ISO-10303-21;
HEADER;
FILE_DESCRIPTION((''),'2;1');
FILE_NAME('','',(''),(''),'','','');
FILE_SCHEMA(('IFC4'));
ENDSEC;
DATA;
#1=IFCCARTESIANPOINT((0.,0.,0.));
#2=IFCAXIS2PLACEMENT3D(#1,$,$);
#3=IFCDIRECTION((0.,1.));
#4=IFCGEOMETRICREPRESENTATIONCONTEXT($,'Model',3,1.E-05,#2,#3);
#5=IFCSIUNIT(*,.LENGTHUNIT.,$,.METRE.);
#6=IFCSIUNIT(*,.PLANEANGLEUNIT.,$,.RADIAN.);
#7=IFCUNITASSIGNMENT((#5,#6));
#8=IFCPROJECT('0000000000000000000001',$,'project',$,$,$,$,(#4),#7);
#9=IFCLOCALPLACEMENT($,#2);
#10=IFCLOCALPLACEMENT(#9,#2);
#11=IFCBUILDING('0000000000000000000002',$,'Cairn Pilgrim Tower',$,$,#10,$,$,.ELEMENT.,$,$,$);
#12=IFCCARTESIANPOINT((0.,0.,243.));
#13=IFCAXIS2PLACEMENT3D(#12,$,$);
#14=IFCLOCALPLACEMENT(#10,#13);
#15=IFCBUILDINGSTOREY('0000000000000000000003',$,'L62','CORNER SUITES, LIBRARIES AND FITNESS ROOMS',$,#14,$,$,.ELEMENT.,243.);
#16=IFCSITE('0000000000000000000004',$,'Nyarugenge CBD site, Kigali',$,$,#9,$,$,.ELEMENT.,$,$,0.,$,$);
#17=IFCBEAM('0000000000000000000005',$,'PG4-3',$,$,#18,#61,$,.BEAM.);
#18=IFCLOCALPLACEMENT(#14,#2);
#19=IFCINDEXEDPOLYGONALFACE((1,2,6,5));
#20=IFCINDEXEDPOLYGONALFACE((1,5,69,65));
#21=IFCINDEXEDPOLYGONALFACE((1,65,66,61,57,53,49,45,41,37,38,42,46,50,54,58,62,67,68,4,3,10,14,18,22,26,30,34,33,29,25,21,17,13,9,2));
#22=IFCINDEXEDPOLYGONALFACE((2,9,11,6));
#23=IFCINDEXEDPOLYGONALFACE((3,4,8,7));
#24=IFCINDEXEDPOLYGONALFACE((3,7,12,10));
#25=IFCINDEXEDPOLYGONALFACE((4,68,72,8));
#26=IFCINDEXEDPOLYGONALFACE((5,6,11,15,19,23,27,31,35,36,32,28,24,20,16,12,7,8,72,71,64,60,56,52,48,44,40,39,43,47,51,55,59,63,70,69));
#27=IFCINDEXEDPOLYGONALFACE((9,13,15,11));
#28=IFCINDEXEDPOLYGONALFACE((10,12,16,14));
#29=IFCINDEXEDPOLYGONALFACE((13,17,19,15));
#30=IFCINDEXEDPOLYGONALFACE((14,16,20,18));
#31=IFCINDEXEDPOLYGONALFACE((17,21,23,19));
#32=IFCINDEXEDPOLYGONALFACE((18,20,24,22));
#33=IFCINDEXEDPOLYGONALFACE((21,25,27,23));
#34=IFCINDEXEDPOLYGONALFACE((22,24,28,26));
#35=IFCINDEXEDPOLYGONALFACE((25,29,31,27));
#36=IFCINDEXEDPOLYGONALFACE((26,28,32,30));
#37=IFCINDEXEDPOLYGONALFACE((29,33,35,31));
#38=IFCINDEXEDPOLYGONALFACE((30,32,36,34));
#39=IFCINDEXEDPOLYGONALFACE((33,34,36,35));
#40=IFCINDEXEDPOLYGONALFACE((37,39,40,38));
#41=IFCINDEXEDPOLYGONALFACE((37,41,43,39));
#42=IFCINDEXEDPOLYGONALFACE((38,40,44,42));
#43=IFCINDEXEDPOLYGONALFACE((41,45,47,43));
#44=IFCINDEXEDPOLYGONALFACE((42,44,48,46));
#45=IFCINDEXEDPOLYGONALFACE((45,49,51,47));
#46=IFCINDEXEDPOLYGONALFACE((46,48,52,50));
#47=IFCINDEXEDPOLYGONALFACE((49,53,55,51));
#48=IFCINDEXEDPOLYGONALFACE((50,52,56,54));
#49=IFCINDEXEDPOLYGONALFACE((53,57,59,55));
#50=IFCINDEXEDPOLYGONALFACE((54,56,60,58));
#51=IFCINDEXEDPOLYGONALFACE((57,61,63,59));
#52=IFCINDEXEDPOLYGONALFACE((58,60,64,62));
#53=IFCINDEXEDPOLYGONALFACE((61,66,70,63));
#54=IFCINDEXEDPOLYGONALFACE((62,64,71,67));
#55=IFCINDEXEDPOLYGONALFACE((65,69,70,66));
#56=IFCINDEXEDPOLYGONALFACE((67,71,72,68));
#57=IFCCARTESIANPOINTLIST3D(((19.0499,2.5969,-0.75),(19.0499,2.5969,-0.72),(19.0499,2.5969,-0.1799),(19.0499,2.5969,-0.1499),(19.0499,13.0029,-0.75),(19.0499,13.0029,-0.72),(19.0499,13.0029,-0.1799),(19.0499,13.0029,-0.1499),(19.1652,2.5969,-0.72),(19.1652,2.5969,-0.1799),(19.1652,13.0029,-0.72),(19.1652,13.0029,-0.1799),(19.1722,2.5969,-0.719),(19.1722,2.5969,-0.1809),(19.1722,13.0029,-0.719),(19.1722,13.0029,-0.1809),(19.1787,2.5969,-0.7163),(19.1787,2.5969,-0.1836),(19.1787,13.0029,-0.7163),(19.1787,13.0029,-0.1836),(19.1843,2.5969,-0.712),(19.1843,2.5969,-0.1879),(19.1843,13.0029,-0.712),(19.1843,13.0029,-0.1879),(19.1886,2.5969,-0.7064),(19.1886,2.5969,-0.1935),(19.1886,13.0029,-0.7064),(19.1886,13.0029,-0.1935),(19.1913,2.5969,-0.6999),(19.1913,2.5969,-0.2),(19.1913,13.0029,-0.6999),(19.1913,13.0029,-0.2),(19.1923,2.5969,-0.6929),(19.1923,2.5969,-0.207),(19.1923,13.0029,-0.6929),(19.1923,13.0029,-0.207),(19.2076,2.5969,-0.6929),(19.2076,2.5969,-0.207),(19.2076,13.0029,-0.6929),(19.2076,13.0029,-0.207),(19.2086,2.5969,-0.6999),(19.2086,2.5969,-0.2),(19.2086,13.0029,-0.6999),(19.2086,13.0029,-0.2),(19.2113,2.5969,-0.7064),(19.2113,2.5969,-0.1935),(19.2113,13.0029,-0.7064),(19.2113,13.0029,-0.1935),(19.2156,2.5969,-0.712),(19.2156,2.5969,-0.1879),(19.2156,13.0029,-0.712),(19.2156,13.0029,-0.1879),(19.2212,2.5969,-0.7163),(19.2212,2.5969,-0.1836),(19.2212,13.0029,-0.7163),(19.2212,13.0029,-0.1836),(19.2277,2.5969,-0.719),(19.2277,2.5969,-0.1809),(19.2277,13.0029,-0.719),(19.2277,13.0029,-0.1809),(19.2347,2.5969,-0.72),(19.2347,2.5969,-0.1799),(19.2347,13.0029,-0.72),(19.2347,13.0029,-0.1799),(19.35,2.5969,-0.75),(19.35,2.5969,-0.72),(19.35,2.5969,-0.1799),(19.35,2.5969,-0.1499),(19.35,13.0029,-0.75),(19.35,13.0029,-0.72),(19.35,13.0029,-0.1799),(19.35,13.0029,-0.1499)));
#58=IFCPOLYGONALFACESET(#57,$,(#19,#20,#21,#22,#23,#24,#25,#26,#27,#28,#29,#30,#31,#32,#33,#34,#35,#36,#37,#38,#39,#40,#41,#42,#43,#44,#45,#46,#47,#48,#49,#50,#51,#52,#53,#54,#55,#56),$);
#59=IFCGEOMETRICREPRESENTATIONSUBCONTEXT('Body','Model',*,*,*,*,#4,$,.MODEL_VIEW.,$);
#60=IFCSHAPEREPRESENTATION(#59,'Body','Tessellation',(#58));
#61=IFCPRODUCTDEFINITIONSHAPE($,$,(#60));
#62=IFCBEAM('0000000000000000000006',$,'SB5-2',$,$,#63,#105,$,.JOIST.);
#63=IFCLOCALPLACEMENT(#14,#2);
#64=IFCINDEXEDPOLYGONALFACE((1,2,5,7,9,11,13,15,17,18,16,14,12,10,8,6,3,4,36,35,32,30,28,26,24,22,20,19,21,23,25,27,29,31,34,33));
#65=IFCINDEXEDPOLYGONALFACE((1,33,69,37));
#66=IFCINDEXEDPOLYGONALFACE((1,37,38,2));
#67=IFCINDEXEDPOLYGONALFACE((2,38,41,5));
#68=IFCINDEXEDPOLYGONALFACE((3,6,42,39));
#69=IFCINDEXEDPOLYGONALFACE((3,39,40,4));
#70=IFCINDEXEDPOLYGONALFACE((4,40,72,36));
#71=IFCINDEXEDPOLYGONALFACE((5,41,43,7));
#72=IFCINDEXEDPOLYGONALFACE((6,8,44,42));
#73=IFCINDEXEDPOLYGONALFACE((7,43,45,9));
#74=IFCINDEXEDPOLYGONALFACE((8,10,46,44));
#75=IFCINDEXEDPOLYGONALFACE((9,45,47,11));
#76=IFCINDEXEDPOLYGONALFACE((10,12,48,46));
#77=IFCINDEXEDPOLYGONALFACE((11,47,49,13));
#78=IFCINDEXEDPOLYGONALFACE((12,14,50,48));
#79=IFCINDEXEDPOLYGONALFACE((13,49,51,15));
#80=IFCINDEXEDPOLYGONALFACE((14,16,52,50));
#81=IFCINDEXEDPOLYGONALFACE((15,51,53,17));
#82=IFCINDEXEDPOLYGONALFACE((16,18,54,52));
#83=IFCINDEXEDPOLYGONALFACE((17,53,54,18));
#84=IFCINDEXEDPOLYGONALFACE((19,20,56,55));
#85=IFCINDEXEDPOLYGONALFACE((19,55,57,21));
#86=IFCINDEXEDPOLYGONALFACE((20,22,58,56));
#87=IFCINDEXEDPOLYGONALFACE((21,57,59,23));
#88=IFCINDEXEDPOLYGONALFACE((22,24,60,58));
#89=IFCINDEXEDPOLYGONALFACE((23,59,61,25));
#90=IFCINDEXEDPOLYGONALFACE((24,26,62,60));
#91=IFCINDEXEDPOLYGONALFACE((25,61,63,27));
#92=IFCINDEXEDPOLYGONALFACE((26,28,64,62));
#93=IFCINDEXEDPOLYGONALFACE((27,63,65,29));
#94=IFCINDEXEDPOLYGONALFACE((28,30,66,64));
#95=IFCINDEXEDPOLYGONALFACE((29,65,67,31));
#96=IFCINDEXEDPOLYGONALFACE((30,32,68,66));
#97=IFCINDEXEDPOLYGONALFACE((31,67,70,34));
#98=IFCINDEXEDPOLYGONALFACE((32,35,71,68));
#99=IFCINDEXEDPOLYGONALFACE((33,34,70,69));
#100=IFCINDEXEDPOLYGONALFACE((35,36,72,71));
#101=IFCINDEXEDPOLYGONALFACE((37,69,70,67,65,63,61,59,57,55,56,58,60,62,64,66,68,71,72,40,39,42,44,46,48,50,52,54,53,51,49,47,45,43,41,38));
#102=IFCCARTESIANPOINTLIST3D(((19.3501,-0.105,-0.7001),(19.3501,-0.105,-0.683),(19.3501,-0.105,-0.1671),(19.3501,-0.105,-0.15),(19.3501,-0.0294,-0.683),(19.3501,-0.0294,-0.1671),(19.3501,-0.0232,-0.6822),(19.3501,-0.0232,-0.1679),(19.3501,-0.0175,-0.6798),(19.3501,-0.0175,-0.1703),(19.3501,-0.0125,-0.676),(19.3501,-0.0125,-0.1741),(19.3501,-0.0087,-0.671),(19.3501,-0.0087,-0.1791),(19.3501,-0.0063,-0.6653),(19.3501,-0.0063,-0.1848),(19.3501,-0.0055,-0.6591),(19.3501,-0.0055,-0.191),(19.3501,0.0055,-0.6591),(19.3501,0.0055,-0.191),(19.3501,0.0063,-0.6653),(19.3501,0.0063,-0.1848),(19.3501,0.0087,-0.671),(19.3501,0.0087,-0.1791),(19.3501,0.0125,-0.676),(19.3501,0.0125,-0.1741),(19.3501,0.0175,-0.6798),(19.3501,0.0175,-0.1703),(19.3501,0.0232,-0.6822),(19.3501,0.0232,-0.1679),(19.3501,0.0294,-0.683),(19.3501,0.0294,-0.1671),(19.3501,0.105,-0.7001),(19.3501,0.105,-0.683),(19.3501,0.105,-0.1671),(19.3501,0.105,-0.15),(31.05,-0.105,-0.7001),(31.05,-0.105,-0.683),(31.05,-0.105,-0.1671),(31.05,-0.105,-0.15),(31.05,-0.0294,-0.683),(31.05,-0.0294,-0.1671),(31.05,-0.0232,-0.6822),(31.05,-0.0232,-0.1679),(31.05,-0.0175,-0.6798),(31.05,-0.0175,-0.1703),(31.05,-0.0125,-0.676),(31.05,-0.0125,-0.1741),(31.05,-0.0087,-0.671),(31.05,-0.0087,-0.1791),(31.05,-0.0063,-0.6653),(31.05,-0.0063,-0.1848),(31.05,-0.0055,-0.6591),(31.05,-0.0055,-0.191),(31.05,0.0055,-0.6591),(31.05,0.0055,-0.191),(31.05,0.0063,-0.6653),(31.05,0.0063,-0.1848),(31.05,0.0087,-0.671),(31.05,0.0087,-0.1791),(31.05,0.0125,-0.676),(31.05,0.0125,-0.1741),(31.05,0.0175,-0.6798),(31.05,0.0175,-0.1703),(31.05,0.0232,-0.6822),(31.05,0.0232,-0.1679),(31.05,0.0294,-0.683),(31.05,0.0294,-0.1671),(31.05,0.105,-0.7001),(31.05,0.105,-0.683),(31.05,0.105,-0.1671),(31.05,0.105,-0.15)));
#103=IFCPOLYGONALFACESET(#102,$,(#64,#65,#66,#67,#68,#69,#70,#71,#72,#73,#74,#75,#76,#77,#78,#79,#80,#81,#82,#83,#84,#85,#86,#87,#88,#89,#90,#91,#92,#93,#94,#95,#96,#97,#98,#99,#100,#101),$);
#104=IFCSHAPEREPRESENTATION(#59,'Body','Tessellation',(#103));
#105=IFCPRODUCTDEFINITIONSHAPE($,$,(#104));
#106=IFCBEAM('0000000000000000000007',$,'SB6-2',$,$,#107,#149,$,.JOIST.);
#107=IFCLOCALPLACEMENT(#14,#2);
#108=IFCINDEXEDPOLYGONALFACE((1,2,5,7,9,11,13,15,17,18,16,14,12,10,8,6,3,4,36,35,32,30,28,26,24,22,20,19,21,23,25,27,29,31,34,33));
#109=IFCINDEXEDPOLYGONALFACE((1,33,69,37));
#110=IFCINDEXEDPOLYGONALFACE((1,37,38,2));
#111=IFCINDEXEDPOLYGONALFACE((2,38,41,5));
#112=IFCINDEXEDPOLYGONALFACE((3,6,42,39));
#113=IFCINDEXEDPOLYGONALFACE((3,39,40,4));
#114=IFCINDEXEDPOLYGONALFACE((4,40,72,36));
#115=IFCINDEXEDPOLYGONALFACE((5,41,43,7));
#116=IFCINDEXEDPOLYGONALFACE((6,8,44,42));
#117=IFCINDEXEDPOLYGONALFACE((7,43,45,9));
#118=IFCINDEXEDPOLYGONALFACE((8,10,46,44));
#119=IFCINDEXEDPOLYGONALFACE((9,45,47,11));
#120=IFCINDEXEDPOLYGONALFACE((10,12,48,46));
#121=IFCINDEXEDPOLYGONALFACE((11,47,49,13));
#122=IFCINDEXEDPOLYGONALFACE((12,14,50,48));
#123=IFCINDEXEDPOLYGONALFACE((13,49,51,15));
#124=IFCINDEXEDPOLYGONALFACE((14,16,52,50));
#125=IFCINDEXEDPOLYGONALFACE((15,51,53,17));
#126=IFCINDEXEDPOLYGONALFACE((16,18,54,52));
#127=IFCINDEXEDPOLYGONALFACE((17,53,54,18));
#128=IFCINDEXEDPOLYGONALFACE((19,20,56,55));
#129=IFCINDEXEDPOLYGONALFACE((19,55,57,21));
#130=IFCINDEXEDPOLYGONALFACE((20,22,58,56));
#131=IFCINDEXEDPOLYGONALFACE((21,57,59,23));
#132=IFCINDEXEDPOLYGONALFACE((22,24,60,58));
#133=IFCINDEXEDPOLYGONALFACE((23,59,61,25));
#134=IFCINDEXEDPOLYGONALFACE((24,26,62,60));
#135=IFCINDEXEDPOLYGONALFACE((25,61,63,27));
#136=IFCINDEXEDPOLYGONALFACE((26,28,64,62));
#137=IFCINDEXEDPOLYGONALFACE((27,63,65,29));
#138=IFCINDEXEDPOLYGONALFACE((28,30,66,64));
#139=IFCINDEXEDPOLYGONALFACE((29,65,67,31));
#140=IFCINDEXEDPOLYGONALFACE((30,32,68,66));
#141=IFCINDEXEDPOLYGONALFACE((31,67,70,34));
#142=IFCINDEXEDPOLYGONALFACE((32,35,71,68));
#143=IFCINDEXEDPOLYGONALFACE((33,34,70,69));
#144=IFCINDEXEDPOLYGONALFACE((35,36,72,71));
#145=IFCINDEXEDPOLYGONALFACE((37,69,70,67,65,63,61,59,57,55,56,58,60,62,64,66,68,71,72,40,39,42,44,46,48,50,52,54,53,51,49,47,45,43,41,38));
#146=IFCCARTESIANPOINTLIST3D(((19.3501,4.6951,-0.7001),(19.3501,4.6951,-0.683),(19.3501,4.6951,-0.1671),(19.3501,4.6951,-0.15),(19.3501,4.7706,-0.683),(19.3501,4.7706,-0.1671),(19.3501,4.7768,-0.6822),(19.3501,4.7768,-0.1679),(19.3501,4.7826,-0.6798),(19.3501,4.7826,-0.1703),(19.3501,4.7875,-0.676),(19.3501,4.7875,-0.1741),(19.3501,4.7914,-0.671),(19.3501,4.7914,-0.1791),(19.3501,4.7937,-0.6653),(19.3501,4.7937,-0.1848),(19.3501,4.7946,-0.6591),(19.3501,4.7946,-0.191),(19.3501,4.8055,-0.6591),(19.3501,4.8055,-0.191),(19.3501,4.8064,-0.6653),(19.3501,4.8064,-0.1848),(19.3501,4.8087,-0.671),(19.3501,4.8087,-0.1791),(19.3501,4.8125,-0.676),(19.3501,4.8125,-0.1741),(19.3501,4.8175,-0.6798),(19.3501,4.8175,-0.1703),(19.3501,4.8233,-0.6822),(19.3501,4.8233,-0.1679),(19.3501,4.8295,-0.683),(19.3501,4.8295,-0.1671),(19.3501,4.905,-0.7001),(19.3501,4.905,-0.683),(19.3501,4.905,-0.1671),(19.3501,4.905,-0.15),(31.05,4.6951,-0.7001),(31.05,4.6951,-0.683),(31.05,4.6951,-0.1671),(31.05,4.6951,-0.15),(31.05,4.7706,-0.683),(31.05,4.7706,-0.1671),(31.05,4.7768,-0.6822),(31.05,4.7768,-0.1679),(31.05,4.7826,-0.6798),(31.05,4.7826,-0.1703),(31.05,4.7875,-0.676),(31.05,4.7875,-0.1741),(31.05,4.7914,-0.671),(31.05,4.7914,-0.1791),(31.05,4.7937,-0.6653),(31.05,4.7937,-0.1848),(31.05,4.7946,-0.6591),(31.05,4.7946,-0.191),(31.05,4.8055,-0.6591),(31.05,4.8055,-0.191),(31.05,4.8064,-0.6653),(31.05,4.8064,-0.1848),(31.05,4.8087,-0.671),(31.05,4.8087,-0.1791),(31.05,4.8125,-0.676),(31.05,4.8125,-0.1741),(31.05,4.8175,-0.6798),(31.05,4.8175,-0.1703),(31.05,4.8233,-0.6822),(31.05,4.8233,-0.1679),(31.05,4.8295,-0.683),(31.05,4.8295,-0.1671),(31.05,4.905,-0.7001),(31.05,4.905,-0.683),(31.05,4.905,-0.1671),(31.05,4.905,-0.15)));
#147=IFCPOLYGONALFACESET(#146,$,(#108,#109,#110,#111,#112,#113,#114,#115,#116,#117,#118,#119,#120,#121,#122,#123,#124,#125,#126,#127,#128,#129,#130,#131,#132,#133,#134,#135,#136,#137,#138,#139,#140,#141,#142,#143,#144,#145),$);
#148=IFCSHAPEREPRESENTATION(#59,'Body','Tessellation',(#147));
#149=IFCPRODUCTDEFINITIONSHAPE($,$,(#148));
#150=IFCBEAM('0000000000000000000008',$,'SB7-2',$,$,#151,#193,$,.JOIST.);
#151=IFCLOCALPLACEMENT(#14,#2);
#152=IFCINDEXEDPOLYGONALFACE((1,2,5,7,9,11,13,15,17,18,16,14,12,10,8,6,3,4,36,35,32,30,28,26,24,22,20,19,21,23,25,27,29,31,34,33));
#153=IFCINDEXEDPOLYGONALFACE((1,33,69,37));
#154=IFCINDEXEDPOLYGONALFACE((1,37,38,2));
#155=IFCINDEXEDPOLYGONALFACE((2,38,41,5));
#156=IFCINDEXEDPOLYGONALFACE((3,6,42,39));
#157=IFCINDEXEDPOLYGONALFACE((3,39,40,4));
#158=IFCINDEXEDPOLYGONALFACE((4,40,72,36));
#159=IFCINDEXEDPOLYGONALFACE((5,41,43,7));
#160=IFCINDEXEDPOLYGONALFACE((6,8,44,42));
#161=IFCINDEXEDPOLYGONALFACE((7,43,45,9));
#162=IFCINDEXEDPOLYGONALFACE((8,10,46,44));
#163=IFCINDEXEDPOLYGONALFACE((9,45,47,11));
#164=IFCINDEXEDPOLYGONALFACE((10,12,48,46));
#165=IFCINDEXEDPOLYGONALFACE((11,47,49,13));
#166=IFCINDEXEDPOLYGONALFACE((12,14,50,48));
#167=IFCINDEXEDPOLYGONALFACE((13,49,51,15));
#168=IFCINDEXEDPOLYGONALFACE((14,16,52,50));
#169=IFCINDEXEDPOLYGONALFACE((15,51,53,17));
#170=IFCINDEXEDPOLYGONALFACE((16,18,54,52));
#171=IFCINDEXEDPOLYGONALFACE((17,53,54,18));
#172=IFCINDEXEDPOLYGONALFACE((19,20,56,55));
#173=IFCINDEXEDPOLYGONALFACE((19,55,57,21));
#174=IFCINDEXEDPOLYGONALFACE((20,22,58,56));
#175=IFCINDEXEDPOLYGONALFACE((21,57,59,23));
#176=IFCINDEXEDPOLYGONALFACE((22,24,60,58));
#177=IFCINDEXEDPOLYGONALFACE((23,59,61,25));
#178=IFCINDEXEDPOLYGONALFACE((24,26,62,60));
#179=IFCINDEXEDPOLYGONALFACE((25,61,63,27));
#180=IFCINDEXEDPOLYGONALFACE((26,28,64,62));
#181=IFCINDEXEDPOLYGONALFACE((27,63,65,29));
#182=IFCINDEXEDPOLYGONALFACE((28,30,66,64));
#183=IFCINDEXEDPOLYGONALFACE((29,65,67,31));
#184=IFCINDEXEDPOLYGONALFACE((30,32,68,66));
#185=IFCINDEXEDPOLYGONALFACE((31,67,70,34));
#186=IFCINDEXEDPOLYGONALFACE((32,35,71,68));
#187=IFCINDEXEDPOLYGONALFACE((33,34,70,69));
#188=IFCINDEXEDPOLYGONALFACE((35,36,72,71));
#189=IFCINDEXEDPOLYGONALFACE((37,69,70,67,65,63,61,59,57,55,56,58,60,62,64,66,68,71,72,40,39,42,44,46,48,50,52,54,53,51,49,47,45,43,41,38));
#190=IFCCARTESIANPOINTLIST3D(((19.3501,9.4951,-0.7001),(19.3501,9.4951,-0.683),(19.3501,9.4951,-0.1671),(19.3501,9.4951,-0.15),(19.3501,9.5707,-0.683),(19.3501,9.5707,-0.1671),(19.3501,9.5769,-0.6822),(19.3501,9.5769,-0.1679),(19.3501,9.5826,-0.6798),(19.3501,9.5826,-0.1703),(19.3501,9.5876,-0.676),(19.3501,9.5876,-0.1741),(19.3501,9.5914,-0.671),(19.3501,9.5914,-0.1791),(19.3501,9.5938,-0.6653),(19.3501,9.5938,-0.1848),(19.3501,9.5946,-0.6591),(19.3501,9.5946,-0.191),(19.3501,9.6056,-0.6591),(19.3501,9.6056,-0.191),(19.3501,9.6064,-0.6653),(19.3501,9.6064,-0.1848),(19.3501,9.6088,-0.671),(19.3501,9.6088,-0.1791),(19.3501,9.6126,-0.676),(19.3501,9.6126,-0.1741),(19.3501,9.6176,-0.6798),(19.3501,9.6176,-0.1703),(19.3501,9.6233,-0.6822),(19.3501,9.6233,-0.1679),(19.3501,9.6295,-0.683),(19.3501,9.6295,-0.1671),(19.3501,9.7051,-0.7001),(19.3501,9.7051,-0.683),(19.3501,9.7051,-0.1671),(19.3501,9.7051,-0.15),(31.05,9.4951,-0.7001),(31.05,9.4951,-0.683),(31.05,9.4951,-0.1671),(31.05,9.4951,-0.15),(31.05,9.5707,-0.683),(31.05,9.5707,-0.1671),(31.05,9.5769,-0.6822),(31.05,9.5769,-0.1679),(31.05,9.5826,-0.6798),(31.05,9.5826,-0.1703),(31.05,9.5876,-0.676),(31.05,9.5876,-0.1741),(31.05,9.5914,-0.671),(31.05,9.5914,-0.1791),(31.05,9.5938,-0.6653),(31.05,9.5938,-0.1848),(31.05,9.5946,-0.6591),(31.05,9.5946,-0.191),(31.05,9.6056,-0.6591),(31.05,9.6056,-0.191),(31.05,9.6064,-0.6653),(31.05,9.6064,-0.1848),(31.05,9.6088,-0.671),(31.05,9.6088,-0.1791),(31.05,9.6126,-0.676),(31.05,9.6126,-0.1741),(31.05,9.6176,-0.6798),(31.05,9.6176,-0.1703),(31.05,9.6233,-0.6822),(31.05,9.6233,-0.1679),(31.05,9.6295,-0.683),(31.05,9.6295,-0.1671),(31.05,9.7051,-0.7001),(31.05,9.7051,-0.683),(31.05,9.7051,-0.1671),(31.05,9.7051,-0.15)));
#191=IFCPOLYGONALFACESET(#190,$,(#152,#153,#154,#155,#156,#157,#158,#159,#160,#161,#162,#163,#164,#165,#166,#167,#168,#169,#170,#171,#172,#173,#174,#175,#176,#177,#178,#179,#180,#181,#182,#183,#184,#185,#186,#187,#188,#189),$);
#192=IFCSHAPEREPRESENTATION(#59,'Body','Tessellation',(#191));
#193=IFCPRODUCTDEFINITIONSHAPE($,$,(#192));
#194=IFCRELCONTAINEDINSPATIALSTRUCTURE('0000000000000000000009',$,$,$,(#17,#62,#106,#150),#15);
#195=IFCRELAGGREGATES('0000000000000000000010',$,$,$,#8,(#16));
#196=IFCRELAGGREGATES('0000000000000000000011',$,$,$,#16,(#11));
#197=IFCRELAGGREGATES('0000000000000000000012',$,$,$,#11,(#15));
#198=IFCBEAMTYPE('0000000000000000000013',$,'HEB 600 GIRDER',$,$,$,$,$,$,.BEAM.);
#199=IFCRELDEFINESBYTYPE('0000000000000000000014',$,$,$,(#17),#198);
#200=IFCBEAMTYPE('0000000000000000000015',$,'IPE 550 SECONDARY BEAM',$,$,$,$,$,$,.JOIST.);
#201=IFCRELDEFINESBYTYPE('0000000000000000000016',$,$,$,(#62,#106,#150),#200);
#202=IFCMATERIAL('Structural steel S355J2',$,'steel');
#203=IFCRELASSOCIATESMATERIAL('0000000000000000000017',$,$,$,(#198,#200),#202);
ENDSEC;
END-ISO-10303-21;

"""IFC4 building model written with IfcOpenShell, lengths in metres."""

from ifc_helpers import new_model, si_unit, direction, frame, origin, origin_2d, place, context, subcontext, project, spatial, i_section, extrude, material, material_profile, profile_set, type_object, element, save


model = new_model("IFC4")

# Units and contexts
model_context = context("Model", 3, precision=1e-05, world=origin(), true_north=direction((0.0, 1.0)))
body_context = subcontext(model_context, "Body", "Model", "MODEL_VIEW")
ifc_project = project(units=[si_unit("LENGTHUNIT", "METRE"), si_unit("PLANEANGLEUNIT", "RADIAN")], contexts=[model_context])

# Site, building, storey
site_placement = place(None, origin())
site = spatial("IfcSite", under=ifc_project, at=site_placement, Name="Nyarugenge CBD site, Kigali", CompositionType="ELEMENT", RefElevation=0.0)
building_placement = place(site_placement, origin())
building = spatial("IfcBuilding", under=site, at=building_placement, Name="Cairn Pilgrim Tower", CompositionType="ELEMENT")
storey_placement = place(building_placement, frame((0.0, 0.0, 243.0)))
storey = spatial("IfcBuildingStorey", under=building, at=storey_placement, Name="L62", Description="CORNER SUITES, LIBRARIES AND FITNESS ROOMS", CompositionType="ELEMENT", Elevation=243.0)

# Shared definitions
ifc_material_1 = material(Name="Structural steel S355J2", Category="steel")

# Beams
ifc_material_profile_1 = material_profile(ifc_material_1, i_section(OverallWidth=0.3, OverallDepth=0.6001, WebThickness=0.0154, FlangeThickness=0.03, FilletRadius=0.0271, at=origin_2d()), Name="HEB 600")
ifc_profile_set_1 = profile_set([ifc_material_profile_1], Name="Structural steel S355J2")
beam_type_1 = type_object("IfcBeamType", Name="HEB 600 GIRDER", PredefinedType="BEAM", material=ifc_profile_set_1)
beam_1_placement = place(storey_placement, frame((19.2, 2.5969, -0.45), z_axis=(0.0, 1.0, 0.0), x_axis=(-1.0, 0.0, 0.0)))
element("IfcBeam", 1, at=beam_1_placement, inside=storey, type_object=beam_type_1, Name="PG4-3", PredefinedType="BEAM", context=body_context, shape_type="SweptSolid", body=[
    extrude(i_section(OverallWidth=0.3, OverallDepth=0.6001, WebThickness=0.0154, FlangeThickness=0.03, FilletRadius=0.0271, at=origin_2d()), origin(), (0.0, 0.0, 1.0), 10.406),
])
ifc_material_profile_2 = material_profile(ifc_material_1, i_section(OverallWidth=0.21, OverallDepth=0.55, WebThickness=0.011, FlangeThickness=0.0171, FilletRadius=0.0239, at=origin_2d()), Name="IPE 550")
ifc_profile_set_2 = profile_set([ifc_material_profile_2], Name="Structural steel S355J2")
beam_type_2 = type_object("IfcBeamType", Name="IPE 550 SECONDARY BEAM", PredefinedType="JOIST", material=ifc_profile_set_2)
for number, where, z_axis, x_axis, name in (
    (2, (19.3501, 0.0, -0.425), (1.0, 0.0, 0.0), (0.0, 1.0, 0.0), "SB5-2"),
    (3, (19.3501, 4.8, -0.425), (1.0, 0.0, 0.0), (0.0, 1.0, 0.0), "SB6-2"),
    (4, (19.3501, 9.6001, -0.425), (1.0, 0.0, 0.0), (0.0, 1.0, 0.0), "SB7-2"),
):
    element("IfcBeam", number, at=place(storey_placement, frame(where, z_axis=z_axis, x_axis=x_axis)), inside=storey, type_object=beam_type_2, Name=name, PredefinedType="JOIST", context=body_context, shape_type="SweptSolid", body=[
        extrude(i_section(OverallWidth=0.21, OverallDepth=0.55, WebThickness=0.011, FlangeThickness=0.0171, FilletRadius=0.0239, at=origin_2d()), origin(), (0.0, 0.0, 1.0), 11.7),
    ])

save(model, "model.ifc")
